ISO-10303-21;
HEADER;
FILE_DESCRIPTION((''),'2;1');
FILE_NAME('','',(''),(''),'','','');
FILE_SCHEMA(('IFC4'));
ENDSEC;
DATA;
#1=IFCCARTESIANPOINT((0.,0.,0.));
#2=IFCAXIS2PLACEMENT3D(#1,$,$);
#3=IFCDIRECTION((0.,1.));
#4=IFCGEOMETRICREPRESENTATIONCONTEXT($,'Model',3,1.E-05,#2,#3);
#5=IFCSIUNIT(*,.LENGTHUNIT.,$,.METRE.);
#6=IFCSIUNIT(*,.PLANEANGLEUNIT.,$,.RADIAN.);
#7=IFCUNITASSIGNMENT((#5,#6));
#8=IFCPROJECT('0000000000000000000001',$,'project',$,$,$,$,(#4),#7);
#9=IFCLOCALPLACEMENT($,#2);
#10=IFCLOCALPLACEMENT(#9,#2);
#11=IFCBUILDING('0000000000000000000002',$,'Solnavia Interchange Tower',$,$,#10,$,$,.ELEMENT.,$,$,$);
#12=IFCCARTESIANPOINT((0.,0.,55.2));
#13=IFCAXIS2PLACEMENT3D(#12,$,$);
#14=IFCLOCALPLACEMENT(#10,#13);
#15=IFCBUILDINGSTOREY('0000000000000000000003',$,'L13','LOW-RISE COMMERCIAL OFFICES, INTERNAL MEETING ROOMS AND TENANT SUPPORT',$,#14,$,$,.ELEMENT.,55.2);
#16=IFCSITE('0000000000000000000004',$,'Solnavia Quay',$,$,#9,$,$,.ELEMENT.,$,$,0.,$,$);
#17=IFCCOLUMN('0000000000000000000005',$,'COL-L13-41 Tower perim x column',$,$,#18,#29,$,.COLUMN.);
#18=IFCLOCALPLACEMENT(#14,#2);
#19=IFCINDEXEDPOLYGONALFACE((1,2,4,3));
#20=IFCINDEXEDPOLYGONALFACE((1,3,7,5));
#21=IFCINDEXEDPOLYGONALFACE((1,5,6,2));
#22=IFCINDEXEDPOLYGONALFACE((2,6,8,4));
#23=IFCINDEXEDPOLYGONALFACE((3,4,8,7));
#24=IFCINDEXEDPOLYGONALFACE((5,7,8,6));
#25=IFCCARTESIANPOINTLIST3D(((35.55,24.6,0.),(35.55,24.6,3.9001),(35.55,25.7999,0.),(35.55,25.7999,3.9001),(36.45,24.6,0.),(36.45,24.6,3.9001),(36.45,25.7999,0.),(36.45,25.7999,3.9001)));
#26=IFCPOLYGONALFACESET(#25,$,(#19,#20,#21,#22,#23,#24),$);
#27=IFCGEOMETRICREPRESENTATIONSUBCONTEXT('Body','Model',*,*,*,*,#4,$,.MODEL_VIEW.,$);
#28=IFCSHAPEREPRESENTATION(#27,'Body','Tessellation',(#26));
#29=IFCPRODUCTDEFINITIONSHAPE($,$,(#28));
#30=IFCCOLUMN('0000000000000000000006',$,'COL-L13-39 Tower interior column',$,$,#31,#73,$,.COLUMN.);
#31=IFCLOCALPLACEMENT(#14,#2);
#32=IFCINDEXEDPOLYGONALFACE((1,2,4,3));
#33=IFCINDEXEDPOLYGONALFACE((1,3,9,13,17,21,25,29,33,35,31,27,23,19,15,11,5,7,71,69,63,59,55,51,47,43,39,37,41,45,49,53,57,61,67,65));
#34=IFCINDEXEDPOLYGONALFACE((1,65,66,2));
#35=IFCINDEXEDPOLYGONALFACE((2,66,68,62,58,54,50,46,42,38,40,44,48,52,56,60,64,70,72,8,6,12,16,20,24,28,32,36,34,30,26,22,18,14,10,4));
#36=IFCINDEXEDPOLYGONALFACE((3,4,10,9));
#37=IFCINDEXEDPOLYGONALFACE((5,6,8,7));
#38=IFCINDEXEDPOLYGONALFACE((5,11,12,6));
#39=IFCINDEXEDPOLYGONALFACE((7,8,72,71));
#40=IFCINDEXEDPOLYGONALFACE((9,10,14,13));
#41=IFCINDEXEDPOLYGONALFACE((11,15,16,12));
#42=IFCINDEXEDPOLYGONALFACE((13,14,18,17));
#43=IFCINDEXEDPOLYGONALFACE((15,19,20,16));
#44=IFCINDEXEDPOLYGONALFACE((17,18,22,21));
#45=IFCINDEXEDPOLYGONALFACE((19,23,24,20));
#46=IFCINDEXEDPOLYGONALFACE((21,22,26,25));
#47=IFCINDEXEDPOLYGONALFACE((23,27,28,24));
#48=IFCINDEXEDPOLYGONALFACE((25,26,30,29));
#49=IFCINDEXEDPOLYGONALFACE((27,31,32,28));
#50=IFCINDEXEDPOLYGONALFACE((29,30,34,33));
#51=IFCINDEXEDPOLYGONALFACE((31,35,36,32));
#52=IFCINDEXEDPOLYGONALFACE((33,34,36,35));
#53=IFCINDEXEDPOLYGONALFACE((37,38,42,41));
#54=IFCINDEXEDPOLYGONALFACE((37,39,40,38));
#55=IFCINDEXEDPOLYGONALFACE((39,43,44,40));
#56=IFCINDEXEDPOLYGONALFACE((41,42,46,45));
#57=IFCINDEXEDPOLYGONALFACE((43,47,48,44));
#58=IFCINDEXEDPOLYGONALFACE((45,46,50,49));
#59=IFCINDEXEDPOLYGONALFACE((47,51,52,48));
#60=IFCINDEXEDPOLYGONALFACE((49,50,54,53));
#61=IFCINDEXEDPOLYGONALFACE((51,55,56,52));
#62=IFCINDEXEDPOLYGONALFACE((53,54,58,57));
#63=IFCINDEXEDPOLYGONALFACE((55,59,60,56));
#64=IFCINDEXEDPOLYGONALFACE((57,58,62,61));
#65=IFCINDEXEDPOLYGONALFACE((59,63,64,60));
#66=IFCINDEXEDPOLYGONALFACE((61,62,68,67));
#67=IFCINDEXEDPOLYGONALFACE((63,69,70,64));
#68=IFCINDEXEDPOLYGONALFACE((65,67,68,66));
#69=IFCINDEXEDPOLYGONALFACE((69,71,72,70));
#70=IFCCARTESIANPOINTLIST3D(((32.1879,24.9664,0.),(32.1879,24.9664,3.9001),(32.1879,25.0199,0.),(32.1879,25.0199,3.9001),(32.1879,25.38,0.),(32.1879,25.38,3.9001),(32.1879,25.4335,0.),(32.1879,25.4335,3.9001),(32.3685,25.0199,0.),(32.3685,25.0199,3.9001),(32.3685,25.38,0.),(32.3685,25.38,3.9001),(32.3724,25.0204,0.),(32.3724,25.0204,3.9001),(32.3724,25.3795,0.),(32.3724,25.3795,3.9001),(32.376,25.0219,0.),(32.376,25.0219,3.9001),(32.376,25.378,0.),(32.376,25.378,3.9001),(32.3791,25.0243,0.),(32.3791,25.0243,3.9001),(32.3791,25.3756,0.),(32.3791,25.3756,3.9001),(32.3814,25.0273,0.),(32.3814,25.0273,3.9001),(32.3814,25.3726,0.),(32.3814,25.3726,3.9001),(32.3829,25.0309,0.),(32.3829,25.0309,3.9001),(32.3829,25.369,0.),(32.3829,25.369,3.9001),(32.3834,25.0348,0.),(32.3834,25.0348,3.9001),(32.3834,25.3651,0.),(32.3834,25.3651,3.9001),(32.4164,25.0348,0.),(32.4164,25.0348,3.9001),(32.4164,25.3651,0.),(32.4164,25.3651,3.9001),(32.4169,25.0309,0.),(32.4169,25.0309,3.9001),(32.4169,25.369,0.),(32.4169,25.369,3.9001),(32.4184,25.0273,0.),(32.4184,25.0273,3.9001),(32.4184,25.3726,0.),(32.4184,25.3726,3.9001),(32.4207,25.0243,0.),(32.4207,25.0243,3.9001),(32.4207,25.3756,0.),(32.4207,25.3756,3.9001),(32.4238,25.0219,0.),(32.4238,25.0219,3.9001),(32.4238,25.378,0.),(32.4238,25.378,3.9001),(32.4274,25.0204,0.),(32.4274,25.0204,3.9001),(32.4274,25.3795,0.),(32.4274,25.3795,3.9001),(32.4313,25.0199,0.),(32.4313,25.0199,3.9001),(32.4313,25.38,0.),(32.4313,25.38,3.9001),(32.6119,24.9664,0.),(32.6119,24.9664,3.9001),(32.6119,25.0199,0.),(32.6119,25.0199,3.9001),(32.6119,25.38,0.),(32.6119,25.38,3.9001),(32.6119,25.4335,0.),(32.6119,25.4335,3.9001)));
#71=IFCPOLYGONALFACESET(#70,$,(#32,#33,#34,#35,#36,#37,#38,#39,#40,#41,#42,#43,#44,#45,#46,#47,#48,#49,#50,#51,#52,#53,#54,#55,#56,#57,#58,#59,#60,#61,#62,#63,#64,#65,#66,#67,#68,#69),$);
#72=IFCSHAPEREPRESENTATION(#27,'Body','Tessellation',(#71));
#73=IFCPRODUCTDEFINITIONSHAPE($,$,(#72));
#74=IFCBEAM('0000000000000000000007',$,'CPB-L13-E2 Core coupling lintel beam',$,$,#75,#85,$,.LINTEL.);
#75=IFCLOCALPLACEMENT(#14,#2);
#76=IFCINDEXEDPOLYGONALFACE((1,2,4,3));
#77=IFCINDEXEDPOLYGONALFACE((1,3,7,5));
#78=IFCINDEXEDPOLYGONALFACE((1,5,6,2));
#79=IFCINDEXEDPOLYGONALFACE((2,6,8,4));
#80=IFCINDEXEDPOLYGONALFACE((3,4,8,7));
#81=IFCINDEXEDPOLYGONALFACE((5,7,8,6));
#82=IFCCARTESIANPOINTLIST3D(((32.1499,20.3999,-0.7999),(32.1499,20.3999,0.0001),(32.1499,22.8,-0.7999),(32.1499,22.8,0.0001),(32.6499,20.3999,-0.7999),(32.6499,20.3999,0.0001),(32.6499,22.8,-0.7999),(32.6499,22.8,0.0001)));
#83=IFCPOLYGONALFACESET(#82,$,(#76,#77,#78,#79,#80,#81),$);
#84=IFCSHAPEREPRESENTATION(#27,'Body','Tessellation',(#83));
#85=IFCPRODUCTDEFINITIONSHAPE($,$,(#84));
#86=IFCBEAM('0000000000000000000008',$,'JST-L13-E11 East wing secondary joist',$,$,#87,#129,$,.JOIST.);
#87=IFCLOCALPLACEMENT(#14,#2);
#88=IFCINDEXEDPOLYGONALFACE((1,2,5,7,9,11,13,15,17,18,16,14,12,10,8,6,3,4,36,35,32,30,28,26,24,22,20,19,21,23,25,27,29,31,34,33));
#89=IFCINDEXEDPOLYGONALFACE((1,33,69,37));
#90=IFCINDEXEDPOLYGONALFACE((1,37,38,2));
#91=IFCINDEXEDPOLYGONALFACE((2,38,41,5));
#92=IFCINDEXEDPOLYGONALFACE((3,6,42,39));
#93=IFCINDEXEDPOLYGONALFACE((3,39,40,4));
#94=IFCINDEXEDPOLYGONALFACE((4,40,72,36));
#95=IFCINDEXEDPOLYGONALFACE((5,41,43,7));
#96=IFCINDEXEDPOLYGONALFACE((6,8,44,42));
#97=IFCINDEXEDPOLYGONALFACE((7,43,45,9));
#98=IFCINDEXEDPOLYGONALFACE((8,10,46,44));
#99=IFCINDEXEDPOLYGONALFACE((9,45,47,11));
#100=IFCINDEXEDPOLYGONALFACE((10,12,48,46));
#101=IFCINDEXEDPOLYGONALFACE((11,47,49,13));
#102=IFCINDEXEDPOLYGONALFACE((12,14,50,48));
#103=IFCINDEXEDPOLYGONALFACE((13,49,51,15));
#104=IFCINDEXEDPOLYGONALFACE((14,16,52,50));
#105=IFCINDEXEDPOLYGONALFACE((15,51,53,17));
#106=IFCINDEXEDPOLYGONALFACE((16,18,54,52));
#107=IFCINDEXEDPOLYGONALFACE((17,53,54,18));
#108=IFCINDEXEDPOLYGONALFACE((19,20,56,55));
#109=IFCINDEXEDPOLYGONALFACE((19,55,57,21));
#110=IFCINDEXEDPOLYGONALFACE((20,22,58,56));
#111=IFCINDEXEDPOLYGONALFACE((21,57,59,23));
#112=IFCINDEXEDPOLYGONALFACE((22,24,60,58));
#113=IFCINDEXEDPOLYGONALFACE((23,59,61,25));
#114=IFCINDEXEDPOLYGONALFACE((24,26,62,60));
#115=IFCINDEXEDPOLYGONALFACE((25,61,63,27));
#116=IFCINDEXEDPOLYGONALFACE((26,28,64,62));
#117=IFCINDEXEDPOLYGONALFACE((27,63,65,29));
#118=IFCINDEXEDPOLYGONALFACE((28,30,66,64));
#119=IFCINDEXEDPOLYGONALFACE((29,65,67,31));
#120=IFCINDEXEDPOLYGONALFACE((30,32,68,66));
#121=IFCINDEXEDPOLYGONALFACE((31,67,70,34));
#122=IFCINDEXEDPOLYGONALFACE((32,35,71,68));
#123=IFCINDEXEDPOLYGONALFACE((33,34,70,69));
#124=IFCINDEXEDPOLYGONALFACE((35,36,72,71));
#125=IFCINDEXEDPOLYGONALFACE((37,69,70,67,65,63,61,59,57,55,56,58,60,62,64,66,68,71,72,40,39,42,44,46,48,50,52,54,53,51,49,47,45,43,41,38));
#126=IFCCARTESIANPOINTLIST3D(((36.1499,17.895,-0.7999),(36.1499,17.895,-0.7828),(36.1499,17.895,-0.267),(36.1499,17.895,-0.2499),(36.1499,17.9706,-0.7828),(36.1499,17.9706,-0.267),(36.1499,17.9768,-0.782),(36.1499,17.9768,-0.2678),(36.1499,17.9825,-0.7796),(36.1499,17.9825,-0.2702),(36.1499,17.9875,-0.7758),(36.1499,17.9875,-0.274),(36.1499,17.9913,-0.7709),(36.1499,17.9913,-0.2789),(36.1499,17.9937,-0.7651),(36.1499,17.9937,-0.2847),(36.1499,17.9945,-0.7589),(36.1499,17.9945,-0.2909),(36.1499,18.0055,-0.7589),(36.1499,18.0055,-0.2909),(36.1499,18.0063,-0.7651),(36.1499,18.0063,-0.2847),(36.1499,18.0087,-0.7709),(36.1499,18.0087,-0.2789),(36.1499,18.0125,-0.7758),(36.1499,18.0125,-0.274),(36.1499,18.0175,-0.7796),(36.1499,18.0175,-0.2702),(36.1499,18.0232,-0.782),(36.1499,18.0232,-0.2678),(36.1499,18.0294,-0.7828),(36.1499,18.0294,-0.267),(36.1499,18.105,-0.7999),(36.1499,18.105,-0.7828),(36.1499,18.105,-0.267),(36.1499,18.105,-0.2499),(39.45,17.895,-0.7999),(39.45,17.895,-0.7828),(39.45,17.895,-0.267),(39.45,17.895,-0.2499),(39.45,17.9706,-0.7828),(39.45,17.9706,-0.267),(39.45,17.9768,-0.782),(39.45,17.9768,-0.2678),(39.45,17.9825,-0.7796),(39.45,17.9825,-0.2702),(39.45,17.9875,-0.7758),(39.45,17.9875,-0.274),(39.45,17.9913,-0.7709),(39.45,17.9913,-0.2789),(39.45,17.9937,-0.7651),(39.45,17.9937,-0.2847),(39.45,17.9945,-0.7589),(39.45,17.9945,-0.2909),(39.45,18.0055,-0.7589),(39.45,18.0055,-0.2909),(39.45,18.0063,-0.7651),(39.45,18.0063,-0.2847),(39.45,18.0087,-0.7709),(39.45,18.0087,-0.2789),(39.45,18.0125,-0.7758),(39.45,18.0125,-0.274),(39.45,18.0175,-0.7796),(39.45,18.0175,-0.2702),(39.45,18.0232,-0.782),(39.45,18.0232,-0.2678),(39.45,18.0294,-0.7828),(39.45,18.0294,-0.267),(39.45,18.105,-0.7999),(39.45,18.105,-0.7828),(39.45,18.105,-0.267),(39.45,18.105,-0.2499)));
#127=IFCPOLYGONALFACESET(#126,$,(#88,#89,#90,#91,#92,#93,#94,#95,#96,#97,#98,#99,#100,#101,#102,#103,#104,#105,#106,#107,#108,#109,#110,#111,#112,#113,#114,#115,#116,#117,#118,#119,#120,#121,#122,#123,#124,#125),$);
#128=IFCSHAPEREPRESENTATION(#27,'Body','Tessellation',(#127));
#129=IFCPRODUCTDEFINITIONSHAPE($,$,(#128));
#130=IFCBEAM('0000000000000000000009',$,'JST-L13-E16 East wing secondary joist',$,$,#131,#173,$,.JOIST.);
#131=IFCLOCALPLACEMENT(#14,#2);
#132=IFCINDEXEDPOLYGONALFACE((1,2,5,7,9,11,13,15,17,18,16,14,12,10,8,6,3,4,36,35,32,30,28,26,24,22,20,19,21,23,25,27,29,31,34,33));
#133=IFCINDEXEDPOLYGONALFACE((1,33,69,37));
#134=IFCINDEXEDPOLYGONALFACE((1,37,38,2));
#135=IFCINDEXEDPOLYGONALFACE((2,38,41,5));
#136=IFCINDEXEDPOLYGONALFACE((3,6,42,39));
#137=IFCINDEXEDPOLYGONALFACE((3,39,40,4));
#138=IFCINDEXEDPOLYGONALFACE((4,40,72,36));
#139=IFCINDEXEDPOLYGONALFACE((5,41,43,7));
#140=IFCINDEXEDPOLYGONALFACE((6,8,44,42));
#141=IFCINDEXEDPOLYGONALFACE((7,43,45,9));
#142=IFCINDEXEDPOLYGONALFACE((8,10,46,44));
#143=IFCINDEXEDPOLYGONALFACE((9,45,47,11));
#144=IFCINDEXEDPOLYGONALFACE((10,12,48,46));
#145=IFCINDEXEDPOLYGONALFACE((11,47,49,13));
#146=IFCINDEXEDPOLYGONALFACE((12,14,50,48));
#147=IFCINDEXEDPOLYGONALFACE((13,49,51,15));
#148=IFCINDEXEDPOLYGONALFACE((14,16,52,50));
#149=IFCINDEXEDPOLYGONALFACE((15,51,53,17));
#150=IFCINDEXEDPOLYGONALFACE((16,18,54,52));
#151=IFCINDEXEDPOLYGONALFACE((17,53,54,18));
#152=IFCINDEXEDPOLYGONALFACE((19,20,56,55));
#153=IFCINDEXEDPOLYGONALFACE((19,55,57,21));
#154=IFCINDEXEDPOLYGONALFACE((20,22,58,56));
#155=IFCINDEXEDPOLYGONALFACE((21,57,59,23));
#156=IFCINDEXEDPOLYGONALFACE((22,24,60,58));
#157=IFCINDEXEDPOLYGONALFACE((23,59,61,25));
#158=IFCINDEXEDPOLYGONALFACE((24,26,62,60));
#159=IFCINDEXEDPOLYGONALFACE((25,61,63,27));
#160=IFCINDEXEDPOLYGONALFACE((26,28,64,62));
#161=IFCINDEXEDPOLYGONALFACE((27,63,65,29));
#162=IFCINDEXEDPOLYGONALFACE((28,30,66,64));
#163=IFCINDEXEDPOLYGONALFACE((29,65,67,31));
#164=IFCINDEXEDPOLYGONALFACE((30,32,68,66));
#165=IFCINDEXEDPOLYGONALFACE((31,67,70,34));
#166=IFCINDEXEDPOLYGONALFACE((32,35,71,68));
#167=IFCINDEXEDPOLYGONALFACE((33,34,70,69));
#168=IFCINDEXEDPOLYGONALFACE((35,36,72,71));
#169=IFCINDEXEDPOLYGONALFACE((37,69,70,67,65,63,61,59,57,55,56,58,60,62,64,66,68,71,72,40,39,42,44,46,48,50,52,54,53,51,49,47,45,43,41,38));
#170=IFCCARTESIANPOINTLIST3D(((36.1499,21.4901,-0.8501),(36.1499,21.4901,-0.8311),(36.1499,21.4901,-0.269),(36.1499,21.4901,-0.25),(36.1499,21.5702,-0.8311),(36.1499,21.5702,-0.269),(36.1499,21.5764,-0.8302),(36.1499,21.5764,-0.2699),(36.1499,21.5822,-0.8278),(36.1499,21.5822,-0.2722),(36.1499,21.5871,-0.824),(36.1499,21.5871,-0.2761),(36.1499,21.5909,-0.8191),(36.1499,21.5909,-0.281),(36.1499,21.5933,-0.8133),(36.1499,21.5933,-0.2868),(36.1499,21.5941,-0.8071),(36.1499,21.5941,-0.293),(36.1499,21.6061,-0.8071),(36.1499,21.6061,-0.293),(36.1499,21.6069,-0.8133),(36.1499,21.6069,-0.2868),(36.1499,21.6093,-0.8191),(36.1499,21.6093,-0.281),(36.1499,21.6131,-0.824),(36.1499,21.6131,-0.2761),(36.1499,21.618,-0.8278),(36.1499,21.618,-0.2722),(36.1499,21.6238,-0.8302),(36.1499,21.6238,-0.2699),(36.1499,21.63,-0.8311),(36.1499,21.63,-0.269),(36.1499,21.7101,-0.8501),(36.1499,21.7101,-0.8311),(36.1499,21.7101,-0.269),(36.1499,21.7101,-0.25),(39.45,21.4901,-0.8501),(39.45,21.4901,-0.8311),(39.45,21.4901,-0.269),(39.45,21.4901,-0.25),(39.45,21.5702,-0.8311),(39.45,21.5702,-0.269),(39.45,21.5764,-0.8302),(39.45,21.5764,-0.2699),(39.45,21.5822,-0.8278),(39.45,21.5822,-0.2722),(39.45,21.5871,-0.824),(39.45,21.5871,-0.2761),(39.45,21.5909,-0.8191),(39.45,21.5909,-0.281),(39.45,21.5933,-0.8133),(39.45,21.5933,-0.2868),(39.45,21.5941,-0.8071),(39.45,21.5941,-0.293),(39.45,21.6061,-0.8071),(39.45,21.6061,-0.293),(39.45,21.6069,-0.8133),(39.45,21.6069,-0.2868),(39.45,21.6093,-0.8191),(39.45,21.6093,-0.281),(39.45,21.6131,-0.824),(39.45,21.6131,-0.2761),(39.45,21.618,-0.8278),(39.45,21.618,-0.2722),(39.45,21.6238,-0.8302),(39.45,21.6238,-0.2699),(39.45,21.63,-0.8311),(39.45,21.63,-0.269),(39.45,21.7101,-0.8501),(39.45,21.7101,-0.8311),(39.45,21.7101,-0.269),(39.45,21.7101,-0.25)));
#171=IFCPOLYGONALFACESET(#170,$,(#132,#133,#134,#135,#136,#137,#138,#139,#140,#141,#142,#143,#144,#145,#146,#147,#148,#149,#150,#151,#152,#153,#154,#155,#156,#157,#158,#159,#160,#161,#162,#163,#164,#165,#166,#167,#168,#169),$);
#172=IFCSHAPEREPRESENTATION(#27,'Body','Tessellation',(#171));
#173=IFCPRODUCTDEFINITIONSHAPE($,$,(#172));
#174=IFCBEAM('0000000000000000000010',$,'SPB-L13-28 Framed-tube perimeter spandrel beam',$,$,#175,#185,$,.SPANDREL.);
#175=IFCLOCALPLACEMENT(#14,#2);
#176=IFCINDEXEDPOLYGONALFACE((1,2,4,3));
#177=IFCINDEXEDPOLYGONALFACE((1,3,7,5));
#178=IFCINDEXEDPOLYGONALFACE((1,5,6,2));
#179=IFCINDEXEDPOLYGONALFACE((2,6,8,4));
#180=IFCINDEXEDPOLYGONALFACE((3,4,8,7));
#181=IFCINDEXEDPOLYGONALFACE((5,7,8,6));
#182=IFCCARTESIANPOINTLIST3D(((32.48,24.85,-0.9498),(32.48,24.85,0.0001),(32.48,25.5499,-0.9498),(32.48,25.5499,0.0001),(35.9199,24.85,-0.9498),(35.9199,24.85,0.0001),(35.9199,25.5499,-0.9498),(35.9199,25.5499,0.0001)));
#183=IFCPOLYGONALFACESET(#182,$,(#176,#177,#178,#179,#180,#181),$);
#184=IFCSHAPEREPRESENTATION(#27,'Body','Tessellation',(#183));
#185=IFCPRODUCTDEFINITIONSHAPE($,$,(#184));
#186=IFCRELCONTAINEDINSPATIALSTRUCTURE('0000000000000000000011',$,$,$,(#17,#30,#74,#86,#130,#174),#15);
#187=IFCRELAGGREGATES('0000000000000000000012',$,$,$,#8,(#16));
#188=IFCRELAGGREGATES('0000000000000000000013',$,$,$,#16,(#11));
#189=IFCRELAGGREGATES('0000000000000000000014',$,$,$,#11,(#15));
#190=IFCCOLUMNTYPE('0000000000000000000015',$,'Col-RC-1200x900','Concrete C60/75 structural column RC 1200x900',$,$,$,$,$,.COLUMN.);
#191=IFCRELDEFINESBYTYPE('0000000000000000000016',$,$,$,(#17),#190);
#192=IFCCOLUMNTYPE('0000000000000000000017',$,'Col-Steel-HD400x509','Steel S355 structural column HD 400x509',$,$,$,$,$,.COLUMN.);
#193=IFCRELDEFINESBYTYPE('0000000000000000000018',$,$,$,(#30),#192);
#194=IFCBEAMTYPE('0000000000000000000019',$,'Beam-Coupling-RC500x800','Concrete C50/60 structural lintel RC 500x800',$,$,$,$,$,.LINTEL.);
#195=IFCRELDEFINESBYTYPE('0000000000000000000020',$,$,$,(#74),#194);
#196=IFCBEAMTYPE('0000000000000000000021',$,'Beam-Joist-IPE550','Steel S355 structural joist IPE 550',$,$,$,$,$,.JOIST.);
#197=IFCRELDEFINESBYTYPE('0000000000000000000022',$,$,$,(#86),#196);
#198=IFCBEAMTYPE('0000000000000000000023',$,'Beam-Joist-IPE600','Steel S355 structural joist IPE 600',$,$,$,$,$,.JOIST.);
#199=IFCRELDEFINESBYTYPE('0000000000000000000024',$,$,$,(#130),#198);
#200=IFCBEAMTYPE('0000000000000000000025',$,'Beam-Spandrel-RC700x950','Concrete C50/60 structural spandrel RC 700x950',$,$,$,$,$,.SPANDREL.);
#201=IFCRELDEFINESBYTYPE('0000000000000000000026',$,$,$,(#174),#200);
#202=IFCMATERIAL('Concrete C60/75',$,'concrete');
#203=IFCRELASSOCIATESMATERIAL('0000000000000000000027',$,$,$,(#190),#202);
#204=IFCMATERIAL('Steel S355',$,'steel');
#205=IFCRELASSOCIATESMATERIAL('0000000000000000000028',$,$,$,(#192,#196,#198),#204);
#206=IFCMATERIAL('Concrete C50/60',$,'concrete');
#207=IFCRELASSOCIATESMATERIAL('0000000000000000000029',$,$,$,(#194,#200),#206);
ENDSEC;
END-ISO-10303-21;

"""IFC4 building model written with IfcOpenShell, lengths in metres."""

from ifc_helpers import new_model, si_unit, direction, frame, origin, origin_2d, place, context, subcontext, project, spatial, rectangle, i_section, extrude, material, material_profile, profile_set, type_object, element, save


model = new_model("IFC4")

# Units and contexts
model_context = context("Model", 3, precision=1e-05, world=origin(), true_north=direction((0.0, 1.0)))
body_context = subcontext(model_context, "Body", "Model", "MODEL_VIEW")
ifc_project = project(units=[si_unit("LENGTHUNIT", "METRE"), si_unit("PLANEANGLEUNIT", "RADIAN")], contexts=[model_context])

# Site, building, storey
site_placement = place(None, origin())
site = spatial("IfcSite", under=ifc_project, at=site_placement, Name="Solnavia Quay", CompositionType="ELEMENT", RefElevation=0.0)
building_placement = place(site_placement, origin())
building = spatial("IfcBuilding", under=site, at=building_placement, Name="Solnavia Interchange Tower", CompositionType="ELEMENT")
storey_placement = place(building_placement, frame((0.0, 0.0, 55.2)))
storey = spatial("IfcBuildingStorey", under=building, at=storey_placement, Name="L13", Description="LOW-RISE COMMERCIAL OFFICES, INTERNAL MEETING ROOMS AND TENANT SUPPORT", CompositionType="ELEMENT", Elevation=55.2)

# Columns
ifc_material_1 = material(Name="Concrete C60/75", Category="concrete")
ifc_material_profile_1 = material_profile(ifc_material_1, rectangle(XDim=0.8999, YDim=1.2, at=origin_2d()), Name="RC 1200x900")
ifc_profile_set_1 = profile_set([ifc_material_profile_1], Name="Concrete C60/75")
column_type_1 = type_object("IfcColumnType", Name="Col-RC-1200x900", Description="Concrete C60/75 structural column RC 1200x900", PredefinedType="COLUMN", material=ifc_profile_set_1)
column_1_placement = place(storey_placement, frame((36.0, 25.2, 0.0), z_axis=(0.0, 0.0, 1.0), x_axis=(1.0, 0.0, 0.0)))
element("IfcColumn", 1, at=column_1_placement, inside=storey, type_object=column_type_1, Name="COL-L13-41 Tower perim x column", PredefinedType="COLUMN", context=body_context, shape_type="SweptSolid", body=[
    extrude(rectangle(XDim=0.8999, YDim=1.2, at=origin_2d()), origin(), (0.0, 0.0, 1.0), 3.9001),
])
ifc_material_2 = material(Name="Steel S355", Category="steel")
ifc_material_profile_2 = material_profile(ifc_material_2, i_section(OverallWidth=0.4241, OverallDepth=0.467, WebThickness=0.033, FlangeThickness=0.0535, FilletRadius=0.0149, at=origin_2d()), Name="HD 400x509")
ifc_profile_set_2 = profile_set([ifc_material_profile_2], Name="Steel S355")
column_type_2 = type_object("IfcColumnType", Name="Col-Steel-HD400x509", Description="Steel S355 structural column HD 400x509", PredefinedType="COLUMN", material=ifc_profile_set_2)
column_2_placement = place(storey_placement, frame((32.3999, 25.2, 0.0), z_axis=(0.0, 0.0, 1.0), x_axis=(1.0, 0.0, 0.0)))
element("IfcColumn", 2, at=column_2_placement, inside=storey, type_object=column_type_2, Name="COL-L13-39 Tower interior column", PredefinedType="COLUMN", context=body_context, shape_type="SweptSolid", body=[
    extrude(i_section(OverallWidth=0.4241, OverallDepth=0.467, WebThickness=0.033, FlangeThickness=0.0535, FilletRadius=0.0149, at=origin_2d()), origin(), (0.0, 0.0, 1.0), 3.9001),
])

# Beams
ifc_material_3 = material(Name="Concrete C50/60", Category="concrete")
ifc_material_profile_3 = material_profile(ifc_material_3, rectangle(XDim=0.5, YDim=0.8, at=origin_2d()), Name="RC 500x800")
ifc_profile_set_3 = profile_set([ifc_material_profile_3], Name="Concrete C50/60")
beam_type_1 = type_object("IfcBeamType", Name="Beam-Coupling-RC500x800", Description="Concrete C50/60 structural lintel RC 500x800", PredefinedType="LINTEL", material=ifc_profile_set_3)
beam_1_placement = place(storey_placement, frame((32.3999, 20.3999, -0.3999), z_axis=(0.0, 1.0, 0.0), x_axis=(-1.0, 0.0, 0.0)))
element("IfcBeam", 3, at=beam_1_placement, inside=storey, type_object=beam_type_1, Name="CPB-L13-E2 Core coupling lintel beam", PredefinedType="LINTEL", context=body_context, shape_type="SweptSolid", body=[
    extrude(rectangle(XDim=0.5, YDim=0.8, at=origin_2d()), origin(), (0.0, 0.0, 1.0), 2.4001),
])
ifc_material_profile_4 = material_profile(ifc_material_2, i_section(OverallWidth=0.21, OverallDepth=0.55, WebThickness=0.011, FlangeThickness=0.0171, FilletRadius=0.0239, at=origin_2d()), Name="IPE 550")
ifc_profile_set_4 = profile_set([ifc_material_profile_4], Name="Steel S355")
beam_type_2 = type_object("IfcBeamType", Name="Beam-Joist-IPE550", Description="Steel S355 structural joist IPE 550", PredefinedType="JOIST", material=ifc_profile_set_4)
beam_2_placement = place(storey_placement, frame((36.1499, 18.0, -0.5249), z_axis=(1.0, 0.0, 0.0), x_axis=(0.0, 1.0, 0.0)))
element("IfcBeam", 4, at=beam_2_placement, inside=storey, type_object=beam_type_2, Name="JST-L13-E11 East wing secondary joist", PredefinedType="JOIST", context=body_context, shape_type="SweptSolid", body=[
    extrude(i_section(OverallWidth=0.21, OverallDepth=0.55, WebThickness=0.011, FlangeThickness=0.0171, FilletRadius=0.0239, at=origin_2d()), origin(), (0.0, 0.0, 1.0), 3.3),
])
ifc_material_profile_5 = material_profile(ifc_material_2, i_section(OverallWidth=0.22, OverallDepth=0.6001, WebThickness=0.012, FlangeThickness=0.019, FilletRadius=0.0239, at=origin_2d()), Name="IPE 600")
ifc_profile_set_5 = profile_set([ifc_material_profile_5], Name="Steel S355")
beam_type_3 = type_object("IfcBeamType", Name="Beam-Joist-IPE600", Description="Steel S355 structural joist IPE 600", PredefinedType="JOIST", material=ifc_profile_set_5)
beam_3_placement = place(storey_placement, frame((36.1499, 21.6001, -0.55), z_axis=(1.0, 0.0, 0.0), x_axis=(0.0, 1.0, 0.0)))
element("IfcBeam", 5, at=beam_3_placement, inside=storey, type_object=beam_type_3, Name="JST-L13-E16 East wing secondary joist", PredefinedType="JOIST", context=body_context, shape_type="SweptSolid", body=[
    extrude(i_section(OverallWidth=0.22, OverallDepth=0.6001, WebThickness=0.012, FlangeThickness=0.019, FilletRadius=0.0239, at=origin_2d()), origin(), (0.0, 0.0, 1.0), 3.3),
])
ifc_material_profile_6 = material_profile(ifc_material_3, rectangle(XDim=0.7, YDim=0.95, at=origin_2d()), Name="RC 700x950")
ifc_profile_set_6 = profile_set([ifc_material_profile_6], Name="Concrete C50/60")
beam_type_4 = type_object("IfcBeamType", Name="Beam-Spandrel-RC700x950", Description="Concrete C50/60 structural spandrel RC 700x950", PredefinedType="SPANDREL", material=ifc_profile_set_6)
beam_4_placement = place(storey_placement, frame((35.9199, 25.2, -0.4749), z_axis=(-1.0, 0.0, 0.0), x_axis=(0.0, -1.0, 0.0)))
element("IfcBeam", 6, at=beam_4_placement, inside=storey, type_object=beam_type_4, Name="SPB-L13-28 Framed-tube perimeter spandrel beam", PredefinedType="SPANDREL", context=body_context, shape_type="SweptSolid", body=[
    extrude(rectangle(XDim=0.7, YDim=0.95, at=origin_2d()), origin(), (0.0, 0.0, 1.0), 3.4399),
])

save(model, "model.ifc")
